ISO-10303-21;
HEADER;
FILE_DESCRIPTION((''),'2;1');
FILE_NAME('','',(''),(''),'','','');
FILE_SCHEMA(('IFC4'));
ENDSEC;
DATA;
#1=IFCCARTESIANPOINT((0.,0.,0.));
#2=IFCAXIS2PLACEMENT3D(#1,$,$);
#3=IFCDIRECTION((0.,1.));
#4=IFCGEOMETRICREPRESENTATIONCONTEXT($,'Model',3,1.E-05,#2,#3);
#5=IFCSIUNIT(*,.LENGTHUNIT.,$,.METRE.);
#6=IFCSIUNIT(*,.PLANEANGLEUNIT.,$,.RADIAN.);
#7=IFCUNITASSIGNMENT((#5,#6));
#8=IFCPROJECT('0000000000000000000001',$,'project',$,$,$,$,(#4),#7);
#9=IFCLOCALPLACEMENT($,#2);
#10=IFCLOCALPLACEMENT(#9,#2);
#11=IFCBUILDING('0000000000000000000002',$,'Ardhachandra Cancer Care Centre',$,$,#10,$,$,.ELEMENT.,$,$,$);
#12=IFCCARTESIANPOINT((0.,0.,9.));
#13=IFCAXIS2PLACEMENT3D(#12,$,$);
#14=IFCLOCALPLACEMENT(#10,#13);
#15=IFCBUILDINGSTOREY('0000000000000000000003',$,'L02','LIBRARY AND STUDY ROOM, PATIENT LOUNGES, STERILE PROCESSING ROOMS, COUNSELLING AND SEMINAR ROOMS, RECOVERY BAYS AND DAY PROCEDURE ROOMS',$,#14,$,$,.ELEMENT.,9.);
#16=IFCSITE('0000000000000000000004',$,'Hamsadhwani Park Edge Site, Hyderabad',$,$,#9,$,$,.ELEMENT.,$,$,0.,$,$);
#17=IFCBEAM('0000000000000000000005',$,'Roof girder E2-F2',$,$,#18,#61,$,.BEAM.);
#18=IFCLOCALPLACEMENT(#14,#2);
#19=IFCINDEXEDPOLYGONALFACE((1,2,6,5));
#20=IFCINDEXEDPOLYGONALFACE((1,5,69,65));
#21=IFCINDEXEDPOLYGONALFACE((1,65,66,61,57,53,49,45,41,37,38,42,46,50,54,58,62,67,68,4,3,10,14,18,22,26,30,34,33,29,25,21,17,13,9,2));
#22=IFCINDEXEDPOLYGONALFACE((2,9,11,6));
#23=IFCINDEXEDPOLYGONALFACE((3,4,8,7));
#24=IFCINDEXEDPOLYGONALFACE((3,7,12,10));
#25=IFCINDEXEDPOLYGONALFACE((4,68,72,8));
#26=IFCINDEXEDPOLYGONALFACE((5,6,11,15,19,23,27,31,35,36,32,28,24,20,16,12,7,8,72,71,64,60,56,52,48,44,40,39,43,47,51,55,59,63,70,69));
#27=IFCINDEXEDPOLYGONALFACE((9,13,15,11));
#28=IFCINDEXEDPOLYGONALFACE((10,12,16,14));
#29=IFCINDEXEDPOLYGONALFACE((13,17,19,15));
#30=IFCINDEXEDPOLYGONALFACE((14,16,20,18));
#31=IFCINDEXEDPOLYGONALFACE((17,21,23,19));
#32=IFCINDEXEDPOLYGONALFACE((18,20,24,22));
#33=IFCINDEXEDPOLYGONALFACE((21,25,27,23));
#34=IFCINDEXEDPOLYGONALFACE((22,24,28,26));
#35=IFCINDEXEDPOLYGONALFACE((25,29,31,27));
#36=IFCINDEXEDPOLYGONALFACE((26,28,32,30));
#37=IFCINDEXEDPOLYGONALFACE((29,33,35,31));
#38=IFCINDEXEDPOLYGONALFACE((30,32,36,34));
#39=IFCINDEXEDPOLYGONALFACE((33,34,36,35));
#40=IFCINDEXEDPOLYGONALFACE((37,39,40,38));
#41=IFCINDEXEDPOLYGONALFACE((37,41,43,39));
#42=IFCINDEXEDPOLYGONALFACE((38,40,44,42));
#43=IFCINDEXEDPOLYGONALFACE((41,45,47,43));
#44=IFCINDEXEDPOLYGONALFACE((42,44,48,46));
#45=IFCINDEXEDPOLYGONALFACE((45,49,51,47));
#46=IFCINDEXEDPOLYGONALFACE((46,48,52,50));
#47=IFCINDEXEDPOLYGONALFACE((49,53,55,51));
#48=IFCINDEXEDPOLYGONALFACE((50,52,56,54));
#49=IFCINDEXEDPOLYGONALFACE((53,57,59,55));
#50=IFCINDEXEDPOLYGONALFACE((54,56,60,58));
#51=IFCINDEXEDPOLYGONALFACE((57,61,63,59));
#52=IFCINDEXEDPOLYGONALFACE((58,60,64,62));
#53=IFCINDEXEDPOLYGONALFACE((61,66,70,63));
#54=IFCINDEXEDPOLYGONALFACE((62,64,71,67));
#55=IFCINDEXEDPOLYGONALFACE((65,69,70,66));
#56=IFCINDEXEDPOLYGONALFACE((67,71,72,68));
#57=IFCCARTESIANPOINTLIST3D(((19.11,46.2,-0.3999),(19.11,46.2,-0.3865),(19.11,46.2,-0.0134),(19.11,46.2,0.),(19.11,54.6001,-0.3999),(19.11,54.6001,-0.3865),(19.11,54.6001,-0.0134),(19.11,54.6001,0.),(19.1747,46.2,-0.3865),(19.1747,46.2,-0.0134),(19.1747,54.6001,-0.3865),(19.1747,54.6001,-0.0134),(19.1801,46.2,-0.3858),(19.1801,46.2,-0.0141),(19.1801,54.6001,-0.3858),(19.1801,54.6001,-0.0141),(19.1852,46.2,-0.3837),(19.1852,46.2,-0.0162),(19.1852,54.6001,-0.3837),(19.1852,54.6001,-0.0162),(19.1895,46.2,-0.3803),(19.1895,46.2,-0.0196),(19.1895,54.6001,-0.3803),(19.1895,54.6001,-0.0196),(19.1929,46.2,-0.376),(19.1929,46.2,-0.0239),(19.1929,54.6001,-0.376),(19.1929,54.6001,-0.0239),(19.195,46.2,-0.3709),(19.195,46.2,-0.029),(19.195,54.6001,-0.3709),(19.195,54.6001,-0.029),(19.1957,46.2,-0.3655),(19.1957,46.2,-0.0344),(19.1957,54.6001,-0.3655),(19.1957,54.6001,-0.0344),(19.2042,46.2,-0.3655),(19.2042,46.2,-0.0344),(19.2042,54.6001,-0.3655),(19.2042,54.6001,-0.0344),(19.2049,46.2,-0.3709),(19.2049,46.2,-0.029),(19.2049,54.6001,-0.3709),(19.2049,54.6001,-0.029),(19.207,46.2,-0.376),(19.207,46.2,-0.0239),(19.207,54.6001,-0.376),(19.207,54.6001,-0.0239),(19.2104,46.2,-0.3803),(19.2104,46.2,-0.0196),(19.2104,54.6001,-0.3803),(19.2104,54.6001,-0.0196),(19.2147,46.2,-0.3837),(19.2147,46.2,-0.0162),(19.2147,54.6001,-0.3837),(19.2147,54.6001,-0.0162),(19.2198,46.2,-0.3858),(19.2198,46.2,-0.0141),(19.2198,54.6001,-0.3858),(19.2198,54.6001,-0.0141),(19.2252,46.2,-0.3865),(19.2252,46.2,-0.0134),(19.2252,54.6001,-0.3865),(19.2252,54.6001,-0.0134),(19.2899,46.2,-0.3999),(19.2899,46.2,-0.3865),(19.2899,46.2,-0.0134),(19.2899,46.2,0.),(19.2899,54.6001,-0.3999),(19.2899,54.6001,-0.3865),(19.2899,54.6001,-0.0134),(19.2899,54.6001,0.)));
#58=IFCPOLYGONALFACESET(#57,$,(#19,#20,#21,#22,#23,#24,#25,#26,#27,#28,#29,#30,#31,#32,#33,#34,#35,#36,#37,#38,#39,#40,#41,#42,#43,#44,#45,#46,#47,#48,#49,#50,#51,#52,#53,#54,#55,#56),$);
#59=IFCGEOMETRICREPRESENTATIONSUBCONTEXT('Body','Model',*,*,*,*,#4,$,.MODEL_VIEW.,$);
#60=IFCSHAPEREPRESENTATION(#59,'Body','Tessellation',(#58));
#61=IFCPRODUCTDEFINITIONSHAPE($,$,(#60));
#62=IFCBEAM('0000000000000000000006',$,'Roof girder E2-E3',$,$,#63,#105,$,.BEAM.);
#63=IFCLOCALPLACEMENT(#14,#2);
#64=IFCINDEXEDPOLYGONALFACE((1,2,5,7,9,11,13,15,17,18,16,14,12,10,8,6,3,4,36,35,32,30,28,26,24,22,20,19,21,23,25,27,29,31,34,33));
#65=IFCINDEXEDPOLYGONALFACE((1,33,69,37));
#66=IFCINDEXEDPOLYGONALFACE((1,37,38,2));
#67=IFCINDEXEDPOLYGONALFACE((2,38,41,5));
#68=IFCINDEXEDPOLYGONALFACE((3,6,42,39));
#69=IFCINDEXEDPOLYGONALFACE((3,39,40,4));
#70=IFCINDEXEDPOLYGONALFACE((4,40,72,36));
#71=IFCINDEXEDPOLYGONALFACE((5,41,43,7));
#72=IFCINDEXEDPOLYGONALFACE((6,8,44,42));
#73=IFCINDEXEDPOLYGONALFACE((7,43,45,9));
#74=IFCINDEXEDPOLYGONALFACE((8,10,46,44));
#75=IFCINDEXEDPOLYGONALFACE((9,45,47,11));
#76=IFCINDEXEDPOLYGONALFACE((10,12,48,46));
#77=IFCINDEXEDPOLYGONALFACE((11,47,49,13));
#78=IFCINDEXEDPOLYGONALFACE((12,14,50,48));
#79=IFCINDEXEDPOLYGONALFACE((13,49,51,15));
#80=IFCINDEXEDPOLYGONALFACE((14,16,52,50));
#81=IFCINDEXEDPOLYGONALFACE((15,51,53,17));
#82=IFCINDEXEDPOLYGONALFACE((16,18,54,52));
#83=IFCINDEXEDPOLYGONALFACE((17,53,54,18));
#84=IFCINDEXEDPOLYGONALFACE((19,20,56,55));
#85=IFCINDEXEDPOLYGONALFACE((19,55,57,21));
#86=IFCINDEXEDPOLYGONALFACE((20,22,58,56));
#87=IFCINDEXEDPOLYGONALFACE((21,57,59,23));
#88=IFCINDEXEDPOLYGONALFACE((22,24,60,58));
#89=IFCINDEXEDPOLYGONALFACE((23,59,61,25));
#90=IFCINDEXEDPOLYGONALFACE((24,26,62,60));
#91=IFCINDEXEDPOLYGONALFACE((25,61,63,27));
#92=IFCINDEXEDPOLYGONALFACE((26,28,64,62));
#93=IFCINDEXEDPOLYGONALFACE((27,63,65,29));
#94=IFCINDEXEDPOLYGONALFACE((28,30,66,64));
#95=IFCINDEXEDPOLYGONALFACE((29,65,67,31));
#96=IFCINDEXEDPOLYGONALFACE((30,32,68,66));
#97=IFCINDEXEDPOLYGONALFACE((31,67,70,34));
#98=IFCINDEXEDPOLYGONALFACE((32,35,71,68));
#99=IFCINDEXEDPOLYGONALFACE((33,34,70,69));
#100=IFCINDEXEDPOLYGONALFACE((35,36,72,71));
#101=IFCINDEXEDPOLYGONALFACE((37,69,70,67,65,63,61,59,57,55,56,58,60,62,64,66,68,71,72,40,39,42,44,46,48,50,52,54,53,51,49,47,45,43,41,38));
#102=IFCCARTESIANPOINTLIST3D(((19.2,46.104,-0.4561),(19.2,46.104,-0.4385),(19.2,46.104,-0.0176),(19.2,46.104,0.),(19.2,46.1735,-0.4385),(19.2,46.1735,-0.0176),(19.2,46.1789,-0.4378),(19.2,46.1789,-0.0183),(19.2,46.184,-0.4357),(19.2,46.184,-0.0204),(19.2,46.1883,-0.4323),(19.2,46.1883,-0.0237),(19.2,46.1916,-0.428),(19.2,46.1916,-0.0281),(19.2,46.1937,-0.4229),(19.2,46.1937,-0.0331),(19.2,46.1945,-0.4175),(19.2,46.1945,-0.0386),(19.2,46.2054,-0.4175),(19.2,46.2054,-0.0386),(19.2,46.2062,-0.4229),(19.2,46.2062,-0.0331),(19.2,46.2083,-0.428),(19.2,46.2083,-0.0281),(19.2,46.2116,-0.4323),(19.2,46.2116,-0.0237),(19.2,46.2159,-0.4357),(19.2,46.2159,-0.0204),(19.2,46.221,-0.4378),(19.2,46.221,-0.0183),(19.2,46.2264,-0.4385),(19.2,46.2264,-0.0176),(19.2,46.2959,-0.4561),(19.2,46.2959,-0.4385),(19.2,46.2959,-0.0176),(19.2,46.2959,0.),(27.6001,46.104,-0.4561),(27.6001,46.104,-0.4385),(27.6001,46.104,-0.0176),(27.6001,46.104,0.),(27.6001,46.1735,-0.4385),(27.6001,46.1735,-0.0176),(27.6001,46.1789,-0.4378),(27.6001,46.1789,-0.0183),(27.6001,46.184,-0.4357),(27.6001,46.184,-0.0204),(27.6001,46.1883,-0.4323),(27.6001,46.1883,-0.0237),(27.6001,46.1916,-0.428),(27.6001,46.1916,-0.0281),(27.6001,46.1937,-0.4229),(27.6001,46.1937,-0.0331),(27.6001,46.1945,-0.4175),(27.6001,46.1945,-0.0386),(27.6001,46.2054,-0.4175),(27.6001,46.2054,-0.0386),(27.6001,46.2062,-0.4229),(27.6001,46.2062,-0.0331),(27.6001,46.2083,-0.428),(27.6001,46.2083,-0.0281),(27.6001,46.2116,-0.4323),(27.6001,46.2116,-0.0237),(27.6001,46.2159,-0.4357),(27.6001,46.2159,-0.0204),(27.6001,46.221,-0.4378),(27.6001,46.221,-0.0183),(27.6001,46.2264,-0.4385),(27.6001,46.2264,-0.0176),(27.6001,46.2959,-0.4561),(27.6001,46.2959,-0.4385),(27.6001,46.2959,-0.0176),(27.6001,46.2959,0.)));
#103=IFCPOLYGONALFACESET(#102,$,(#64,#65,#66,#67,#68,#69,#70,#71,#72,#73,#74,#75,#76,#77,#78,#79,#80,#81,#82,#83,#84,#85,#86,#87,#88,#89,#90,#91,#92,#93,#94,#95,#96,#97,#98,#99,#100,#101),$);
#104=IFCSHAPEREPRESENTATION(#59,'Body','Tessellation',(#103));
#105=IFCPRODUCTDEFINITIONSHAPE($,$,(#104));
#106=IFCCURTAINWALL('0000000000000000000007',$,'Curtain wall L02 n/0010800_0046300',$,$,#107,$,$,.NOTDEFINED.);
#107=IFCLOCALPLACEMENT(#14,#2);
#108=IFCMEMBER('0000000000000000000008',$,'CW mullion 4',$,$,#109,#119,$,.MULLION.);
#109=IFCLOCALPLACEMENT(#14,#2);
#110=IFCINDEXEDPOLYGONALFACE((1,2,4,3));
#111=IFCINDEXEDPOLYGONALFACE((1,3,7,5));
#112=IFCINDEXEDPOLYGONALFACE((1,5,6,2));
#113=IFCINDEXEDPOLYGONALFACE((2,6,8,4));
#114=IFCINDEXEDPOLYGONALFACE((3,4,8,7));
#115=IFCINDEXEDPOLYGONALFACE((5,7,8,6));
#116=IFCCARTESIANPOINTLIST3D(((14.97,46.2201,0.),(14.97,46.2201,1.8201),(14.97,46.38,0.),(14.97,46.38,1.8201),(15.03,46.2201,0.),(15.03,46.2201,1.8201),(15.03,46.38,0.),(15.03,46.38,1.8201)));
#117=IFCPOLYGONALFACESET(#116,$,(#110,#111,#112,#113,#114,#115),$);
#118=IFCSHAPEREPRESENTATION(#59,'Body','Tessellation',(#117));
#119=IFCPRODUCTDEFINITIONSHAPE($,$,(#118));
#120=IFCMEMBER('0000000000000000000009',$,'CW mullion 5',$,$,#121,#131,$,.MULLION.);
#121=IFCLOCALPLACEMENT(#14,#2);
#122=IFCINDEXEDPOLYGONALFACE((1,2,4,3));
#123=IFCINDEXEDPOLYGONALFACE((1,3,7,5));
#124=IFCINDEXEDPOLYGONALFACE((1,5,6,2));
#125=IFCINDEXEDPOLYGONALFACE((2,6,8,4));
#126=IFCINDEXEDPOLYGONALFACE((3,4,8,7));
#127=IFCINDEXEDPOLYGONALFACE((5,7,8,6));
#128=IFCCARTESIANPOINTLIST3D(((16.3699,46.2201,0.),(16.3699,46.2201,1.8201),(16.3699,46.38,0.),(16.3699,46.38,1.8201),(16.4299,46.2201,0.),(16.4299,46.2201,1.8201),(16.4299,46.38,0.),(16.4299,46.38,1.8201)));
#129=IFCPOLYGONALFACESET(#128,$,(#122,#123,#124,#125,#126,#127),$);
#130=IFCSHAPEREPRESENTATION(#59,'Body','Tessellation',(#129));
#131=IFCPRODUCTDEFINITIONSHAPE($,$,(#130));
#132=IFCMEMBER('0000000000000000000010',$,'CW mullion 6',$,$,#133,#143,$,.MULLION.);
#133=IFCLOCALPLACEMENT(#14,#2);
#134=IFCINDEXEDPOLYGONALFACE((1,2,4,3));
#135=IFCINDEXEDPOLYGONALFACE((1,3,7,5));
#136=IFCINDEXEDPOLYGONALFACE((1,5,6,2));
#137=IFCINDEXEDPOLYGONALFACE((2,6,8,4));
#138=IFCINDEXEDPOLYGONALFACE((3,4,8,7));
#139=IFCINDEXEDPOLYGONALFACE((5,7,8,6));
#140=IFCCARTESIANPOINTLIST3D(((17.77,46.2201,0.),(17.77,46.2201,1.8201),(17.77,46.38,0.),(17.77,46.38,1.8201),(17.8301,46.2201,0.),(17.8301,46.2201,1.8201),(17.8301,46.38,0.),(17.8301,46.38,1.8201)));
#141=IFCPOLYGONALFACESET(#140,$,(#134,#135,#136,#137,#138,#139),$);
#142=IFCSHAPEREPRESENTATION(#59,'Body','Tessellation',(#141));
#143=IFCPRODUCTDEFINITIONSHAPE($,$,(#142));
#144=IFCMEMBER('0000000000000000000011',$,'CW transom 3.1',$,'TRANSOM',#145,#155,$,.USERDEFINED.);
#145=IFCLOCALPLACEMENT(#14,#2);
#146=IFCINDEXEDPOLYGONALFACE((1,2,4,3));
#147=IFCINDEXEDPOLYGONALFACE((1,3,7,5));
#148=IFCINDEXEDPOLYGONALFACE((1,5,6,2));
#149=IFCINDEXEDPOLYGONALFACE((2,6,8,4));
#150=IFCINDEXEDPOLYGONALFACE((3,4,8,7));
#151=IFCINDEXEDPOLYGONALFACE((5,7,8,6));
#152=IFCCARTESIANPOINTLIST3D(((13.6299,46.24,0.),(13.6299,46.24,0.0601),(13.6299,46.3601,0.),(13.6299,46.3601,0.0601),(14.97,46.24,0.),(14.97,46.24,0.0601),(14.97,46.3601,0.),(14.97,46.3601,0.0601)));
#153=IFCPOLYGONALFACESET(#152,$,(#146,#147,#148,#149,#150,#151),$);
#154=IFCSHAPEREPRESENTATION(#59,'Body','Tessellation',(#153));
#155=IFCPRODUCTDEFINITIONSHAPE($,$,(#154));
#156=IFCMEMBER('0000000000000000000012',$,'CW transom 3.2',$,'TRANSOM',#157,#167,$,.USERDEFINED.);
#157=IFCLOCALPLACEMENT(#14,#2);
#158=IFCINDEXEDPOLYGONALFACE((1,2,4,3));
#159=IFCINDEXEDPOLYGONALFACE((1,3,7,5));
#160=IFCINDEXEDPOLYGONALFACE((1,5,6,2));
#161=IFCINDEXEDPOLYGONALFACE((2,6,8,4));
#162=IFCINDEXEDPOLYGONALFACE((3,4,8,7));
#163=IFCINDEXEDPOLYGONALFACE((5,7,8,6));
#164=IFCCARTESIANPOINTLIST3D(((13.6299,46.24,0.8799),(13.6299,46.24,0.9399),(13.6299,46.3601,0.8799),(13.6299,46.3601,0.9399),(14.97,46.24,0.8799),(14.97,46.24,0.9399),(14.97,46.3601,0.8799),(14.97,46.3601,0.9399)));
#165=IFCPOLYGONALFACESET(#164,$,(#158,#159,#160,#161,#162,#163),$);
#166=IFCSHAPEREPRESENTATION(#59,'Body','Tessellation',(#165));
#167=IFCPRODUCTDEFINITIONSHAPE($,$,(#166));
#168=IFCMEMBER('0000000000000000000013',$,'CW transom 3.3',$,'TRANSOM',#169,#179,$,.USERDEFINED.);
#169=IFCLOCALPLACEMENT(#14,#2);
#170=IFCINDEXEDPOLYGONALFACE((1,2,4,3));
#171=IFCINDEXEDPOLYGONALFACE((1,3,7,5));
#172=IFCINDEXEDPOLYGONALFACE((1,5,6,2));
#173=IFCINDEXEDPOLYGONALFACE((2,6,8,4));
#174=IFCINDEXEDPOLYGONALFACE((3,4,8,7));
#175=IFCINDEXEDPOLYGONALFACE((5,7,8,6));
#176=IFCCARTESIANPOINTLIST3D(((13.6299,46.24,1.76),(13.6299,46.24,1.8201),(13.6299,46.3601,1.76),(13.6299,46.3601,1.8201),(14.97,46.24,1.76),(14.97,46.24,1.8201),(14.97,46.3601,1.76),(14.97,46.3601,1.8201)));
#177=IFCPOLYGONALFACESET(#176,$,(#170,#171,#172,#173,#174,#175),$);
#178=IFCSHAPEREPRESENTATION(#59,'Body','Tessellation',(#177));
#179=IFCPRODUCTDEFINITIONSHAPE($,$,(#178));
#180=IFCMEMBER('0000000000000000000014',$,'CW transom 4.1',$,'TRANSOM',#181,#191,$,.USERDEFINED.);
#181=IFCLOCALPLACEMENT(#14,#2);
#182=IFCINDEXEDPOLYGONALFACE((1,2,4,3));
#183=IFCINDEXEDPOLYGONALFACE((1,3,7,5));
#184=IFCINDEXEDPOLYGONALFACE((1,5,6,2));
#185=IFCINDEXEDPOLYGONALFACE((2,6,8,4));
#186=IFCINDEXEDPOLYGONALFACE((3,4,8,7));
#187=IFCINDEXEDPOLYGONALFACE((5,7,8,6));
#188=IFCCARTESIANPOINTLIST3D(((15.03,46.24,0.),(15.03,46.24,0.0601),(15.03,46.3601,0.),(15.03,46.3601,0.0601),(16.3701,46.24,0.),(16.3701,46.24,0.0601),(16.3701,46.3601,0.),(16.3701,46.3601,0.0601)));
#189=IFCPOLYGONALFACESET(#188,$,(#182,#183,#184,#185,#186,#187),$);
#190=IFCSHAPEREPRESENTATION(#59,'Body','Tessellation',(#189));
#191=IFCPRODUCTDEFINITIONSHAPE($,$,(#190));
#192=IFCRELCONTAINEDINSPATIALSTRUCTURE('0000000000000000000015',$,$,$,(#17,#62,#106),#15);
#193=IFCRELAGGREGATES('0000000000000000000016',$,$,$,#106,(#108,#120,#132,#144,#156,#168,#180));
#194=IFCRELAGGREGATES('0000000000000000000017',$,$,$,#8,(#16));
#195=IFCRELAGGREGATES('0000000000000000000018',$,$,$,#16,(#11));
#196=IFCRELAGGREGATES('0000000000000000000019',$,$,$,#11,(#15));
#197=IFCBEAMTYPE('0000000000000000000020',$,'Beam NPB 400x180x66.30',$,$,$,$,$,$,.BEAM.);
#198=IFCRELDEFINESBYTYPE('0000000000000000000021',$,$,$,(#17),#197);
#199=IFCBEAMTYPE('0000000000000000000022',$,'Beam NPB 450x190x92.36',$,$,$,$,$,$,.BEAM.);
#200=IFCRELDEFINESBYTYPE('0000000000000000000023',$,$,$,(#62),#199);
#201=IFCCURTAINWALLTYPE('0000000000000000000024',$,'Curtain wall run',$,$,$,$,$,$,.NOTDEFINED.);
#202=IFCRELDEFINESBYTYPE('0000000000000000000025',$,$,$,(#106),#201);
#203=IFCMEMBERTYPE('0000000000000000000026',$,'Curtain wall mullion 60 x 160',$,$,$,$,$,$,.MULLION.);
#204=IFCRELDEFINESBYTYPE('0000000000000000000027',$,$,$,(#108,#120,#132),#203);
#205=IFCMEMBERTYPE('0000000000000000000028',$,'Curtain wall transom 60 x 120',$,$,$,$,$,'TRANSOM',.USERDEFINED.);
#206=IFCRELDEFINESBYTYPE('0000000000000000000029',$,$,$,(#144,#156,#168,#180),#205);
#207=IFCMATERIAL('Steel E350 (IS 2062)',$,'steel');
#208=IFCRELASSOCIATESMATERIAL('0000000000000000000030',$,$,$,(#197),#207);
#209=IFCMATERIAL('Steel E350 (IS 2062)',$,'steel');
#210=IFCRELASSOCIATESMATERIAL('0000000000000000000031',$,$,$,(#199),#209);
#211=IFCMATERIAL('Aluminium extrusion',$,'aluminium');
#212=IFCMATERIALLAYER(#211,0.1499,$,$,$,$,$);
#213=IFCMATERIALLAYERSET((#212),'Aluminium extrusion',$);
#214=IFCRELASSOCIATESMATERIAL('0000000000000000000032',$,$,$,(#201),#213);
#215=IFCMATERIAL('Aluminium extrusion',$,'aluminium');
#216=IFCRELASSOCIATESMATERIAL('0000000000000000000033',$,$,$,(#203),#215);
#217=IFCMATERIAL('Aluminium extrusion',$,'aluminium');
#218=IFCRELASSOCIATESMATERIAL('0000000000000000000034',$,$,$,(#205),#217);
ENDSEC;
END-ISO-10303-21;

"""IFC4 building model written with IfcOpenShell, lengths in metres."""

from ifc_helpers import new_model, si_unit, direction, frame, origin, origin_2d, place, context, subcontext, project, spatial, rectangle, i_section, extrude, material, layer, layer_set, material_profile, profile_set, type_object, element, aggregate, save


model = new_model("IFC4")

# Units and contexts
model_context = context("Model", 3, precision=1e-05, world=origin(), true_north=direction((0.0, 1.0)))
body_context = subcontext(model_context, "Body", "Model", "MODEL_VIEW")
ifc_project = project(units=[si_unit("LENGTHUNIT", "METRE"), si_unit("PLANEANGLEUNIT", "RADIAN")], contexts=[model_context])

# Site, building, storey
site_placement = place(None, origin())
site = spatial("IfcSite", under=ifc_project, at=site_placement, Name="Hamsadhwani Park Edge Site, Hyderabad", CompositionType="ELEMENT", RefElevation=0.0)
building_placement = place(site_placement, origin())
building = spatial("IfcBuilding", under=site, at=building_placement, Name="Ardhachandra Cancer Care Centre", CompositionType="ELEMENT")
storey_placement = place(building_placement, frame((0.0, 0.0, 9.0)))
storey = spatial("IfcBuildingStorey", under=building, at=storey_placement, Name="L02", Description="LIBRARY AND STUDY ROOM, PATIENT LOUNGES, STERILE PROCESSING ROOMS, COUNSELLING AND SEMINAR ROOMS, RECOVERY BAYS AND DAY PROCEDURE ROOMS", CompositionType="ELEMENT", Elevation=9.0)

# Beams
ifc_material_1 = material(Name="Steel E350 (IS 2062)", Category="steel")
ifc_material_profile_1 = material_profile(ifc_material_1, i_section(OverallWidth=0.1799, OverallDepth=0.3999, WebThickness=0.0085, FlangeThickness=0.0134, FilletRadius=0.021, at=origin_2d()), Name="NPB 400x180x66.30")
ifc_profile_set_1 = profile_set([ifc_material_profile_1], Name="Steel E350 (IS 2062)")
beam_type_1 = type_object("IfcBeamType", Name="Beam NPB 400x180x66.30", PredefinedType="BEAM", material=ifc_profile_set_1)
beam_1_placement = place(storey_placement, frame((19.2, 46.2, -0.2), z_axis=(0.0, 1.0, 0.0), x_axis=(-1.0, 0.0, 0.0)))
element("IfcBeam", 1, at=beam_1_placement, inside=storey, type_object=beam_type_1, Name="Roof girder E2-F2", PredefinedType="BEAM", context=body_context, shape_type="SweptSolid", body=[
    extrude(i_section(OverallWidth=0.1799, OverallDepth=0.3999, WebThickness=0.0085, FlangeThickness=0.0134, FilletRadius=0.021, at=origin_2d()), origin(), (0.0, 0.0, 1.0), 8.4001),
])
ifc_material_2 = material(Name="Steel E350 (IS 2062)", Category="steel")
ifc_material_profile_2 = material_profile(ifc_material_2, i_section(OverallWidth=0.1919, OverallDepth=0.4561, WebThickness=0.011, FlangeThickness=0.0176, FilletRadius=0.021, at=origin_2d()), Name="NPB 450x190x92.36")
ifc_profile_set_2 = profile_set([ifc_material_profile_2], Name="Steel E350 (IS 2062)")
beam_type_2 = type_object("IfcBeamType", Name="Beam NPB 450x190x92.36", PredefinedType="BEAM", material=ifc_profile_set_2)
beam_2_placement = place(storey_placement, frame((19.2, 46.2, -0.228), z_axis=(1.0, 0.0, 0.0), x_axis=(0.0, 1.0, 0.0)))
element("IfcBeam", 2, at=beam_2_placement, inside=storey, type_object=beam_type_2, Name="Roof girder E2-E3", PredefinedType="BEAM", context=body_context, shape_type="SweptSolid", body=[
    extrude(i_section(OverallWidth=0.1919, OverallDepth=0.4561, WebThickness=0.011, FlangeThickness=0.0176, FilletRadius=0.021, at=origin_2d()), origin(), (0.0, 0.0, 1.0), 8.4001),
])

# Curtain wall, members
ifc_material_3 = material(Name="Aluminium extrusion", Category="aluminium")
ifc_layer_1 = layer(ifc_material_3, 0.1499)
ifc_layer_set_1 = layer_set([ifc_layer_1], Name="Aluminium extrusion")
curtain_wall_type = type_object("IfcCurtainWallType", Name="Curtain wall run", PredefinedType="NOTDEFINED", material=ifc_layer_set_1)
curtain_wall_placement = place(storey_placement, origin())
curtain_wall = element("IfcCurtainWall", 3, at=curtain_wall_placement, inside=storey, type_object=curtain_wall_type, Name="Curtain wall L02 n/0010800_0046300", PredefinedType="NOTDEFINED")
ifc_material_4 = material(Name="Aluminium extrusion", Category="aluminium")
ifc_material_profile_3 = material_profile(ifc_material_4, rectangle(XDim=0.1599, YDim=0.0601, at=origin_2d()), Name="Curtain wall mullion 60 x 160")
ifc_profile_set_3 = profile_set([ifc_material_profile_3], Name="Aluminium extrusion")
member_type_1 = type_object("IfcMemberType", Name="Curtain wall mullion 60 x 160", PredefinedType="MULLION", material=ifc_profile_set_3)
member_1_placement = place(storey_placement, frame((15.0, 46.3, 0.0), z_axis=(0.0, 0.0, 1.0), x_axis=(0.0, 1.0, 0.0)))
member_1 = element("IfcMember", 4, at=member_1_placement, type_object=member_type_1, Name="CW mullion 4", PredefinedType="MULLION", context=body_context, shape_type="SweptSolid", body=[
    extrude(rectangle(XDim=0.1599, YDim=0.0601, at=origin_2d()), origin(), (0.0, 0.0, 1.0), 1.8201),
])
member_2_placement = place(storey_placement, frame((16.3999, 46.3, 0.0), z_axis=(0.0, 0.0, 1.0), x_axis=(0.0, 1.0, 0.0)))
member_2 = element("IfcMember", 5, at=member_2_placement, type_object=member_type_1, Name="CW mullion 5", PredefinedType="MULLION", context=body_context, shape_type="SweptSolid", body=[
    extrude(rectangle(XDim=0.1599, YDim=0.0601, at=origin_2d()), origin(), (0.0, 0.0, 1.0), 1.8201),
])
member_3_placement = place(storey_placement, frame((17.8, 46.3, 0.0), z_axis=(0.0, 0.0, 1.0), x_axis=(0.0, 1.0, 0.0)))
member_3 = element("IfcMember", 6, at=member_3_placement, type_object=member_type_1, Name="CW mullion 6", PredefinedType="MULLION", context=body_context, shape_type="SweptSolid", body=[
    extrude(rectangle(XDim=0.1599, YDim=0.0601, at=origin_2d()), origin(), (0.0, 0.0, 1.0), 1.8201),
])
ifc_material_5 = material(Name="Aluminium extrusion", Category="aluminium")
ifc_material_profile_4 = material_profile(ifc_material_5, rectangle(XDim=0.1201, YDim=0.0601, at=origin_2d()), Name="Curtain wall transom 60 x 120")
ifc_profile_set_4 = profile_set([ifc_material_profile_4], Name="Aluminium extrusion")
member_type_2 = type_object("IfcMemberType", Name="Curtain wall transom 60 x 120", ElementType="TRANSOM", PredefinedType="USERDEFINED", material=ifc_profile_set_4)
member_4_placement = place(storey_placement, frame((13.6299, 46.3, 0.03), z_axis=(1.0, 0.0, 0.0), x_axis=(0.0, 1.0, 0.0)))
member_4 = element("IfcMember", 7, at=member_4_placement, type_object=member_type_2, Name="CW transom 3.1", ObjectType="TRANSOM", PredefinedType="USERDEFINED", context=body_context, shape_type="SweptSolid", body=[
    extrude(rectangle(XDim=0.1201, YDim=0.0601, at=origin_2d()), origin(), (0.0, 0.0, 1.0), 1.3401),
])
member_5_placement = place(storey_placement, frame((13.6299, 46.3, 0.9099), z_axis=(1.0, 0.0, 0.0), x_axis=(0.0, 1.0, 0.0)))
member_5 = element("IfcMember", 8, at=member_5_placement, type_object=member_type_2, Name="CW transom 3.2", ObjectType="TRANSOM", PredefinedType="USERDEFINED", context=body_context, shape_type="SweptSolid", body=[
    extrude(rectangle(XDim=0.1201, YDim=0.0601, at=origin_2d()), origin(), (0.0, 0.0, 1.0), 1.3401),
])
member_6_placement = place(storey_placement, frame((13.6299, 46.3, 1.79), z_axis=(1.0, 0.0, 0.0), x_axis=(0.0, 1.0, 0.0)))
member_6 = element("IfcMember", 9, at=member_6_placement, type_object=member_type_2, Name="CW transom 3.3", ObjectType="TRANSOM", PredefinedType="USERDEFINED", context=body_context, shape_type="SweptSolid", body=[
    extrude(rectangle(XDim=0.1201, YDim=0.0601, at=origin_2d()), origin(), (0.0, 0.0, 1.0), 1.3401),
])
member_7_placement = place(storey_placement, frame((15.03, 46.3, 0.03), z_axis=(1.0, 0.0, 0.0), x_axis=(0.0, 1.0, 0.0)))
member_7 = element("IfcMember", 10, at=member_7_placement, type_object=member_type_2, Name="CW transom 4.1", ObjectType="TRANSOM", PredefinedType="USERDEFINED", context=body_context, shape_type="SweptSolid", body=[
    extrude(rectangle(XDim=0.1201, YDim=0.0601, at=origin_2d()), origin(), (0.0, 0.0, 1.0), 1.3401),
])

aggregate(curtain_wall, [member_1, member_2, member_3, member_4, member_5, member_6, member_7])

save(model, "model.ifc")
